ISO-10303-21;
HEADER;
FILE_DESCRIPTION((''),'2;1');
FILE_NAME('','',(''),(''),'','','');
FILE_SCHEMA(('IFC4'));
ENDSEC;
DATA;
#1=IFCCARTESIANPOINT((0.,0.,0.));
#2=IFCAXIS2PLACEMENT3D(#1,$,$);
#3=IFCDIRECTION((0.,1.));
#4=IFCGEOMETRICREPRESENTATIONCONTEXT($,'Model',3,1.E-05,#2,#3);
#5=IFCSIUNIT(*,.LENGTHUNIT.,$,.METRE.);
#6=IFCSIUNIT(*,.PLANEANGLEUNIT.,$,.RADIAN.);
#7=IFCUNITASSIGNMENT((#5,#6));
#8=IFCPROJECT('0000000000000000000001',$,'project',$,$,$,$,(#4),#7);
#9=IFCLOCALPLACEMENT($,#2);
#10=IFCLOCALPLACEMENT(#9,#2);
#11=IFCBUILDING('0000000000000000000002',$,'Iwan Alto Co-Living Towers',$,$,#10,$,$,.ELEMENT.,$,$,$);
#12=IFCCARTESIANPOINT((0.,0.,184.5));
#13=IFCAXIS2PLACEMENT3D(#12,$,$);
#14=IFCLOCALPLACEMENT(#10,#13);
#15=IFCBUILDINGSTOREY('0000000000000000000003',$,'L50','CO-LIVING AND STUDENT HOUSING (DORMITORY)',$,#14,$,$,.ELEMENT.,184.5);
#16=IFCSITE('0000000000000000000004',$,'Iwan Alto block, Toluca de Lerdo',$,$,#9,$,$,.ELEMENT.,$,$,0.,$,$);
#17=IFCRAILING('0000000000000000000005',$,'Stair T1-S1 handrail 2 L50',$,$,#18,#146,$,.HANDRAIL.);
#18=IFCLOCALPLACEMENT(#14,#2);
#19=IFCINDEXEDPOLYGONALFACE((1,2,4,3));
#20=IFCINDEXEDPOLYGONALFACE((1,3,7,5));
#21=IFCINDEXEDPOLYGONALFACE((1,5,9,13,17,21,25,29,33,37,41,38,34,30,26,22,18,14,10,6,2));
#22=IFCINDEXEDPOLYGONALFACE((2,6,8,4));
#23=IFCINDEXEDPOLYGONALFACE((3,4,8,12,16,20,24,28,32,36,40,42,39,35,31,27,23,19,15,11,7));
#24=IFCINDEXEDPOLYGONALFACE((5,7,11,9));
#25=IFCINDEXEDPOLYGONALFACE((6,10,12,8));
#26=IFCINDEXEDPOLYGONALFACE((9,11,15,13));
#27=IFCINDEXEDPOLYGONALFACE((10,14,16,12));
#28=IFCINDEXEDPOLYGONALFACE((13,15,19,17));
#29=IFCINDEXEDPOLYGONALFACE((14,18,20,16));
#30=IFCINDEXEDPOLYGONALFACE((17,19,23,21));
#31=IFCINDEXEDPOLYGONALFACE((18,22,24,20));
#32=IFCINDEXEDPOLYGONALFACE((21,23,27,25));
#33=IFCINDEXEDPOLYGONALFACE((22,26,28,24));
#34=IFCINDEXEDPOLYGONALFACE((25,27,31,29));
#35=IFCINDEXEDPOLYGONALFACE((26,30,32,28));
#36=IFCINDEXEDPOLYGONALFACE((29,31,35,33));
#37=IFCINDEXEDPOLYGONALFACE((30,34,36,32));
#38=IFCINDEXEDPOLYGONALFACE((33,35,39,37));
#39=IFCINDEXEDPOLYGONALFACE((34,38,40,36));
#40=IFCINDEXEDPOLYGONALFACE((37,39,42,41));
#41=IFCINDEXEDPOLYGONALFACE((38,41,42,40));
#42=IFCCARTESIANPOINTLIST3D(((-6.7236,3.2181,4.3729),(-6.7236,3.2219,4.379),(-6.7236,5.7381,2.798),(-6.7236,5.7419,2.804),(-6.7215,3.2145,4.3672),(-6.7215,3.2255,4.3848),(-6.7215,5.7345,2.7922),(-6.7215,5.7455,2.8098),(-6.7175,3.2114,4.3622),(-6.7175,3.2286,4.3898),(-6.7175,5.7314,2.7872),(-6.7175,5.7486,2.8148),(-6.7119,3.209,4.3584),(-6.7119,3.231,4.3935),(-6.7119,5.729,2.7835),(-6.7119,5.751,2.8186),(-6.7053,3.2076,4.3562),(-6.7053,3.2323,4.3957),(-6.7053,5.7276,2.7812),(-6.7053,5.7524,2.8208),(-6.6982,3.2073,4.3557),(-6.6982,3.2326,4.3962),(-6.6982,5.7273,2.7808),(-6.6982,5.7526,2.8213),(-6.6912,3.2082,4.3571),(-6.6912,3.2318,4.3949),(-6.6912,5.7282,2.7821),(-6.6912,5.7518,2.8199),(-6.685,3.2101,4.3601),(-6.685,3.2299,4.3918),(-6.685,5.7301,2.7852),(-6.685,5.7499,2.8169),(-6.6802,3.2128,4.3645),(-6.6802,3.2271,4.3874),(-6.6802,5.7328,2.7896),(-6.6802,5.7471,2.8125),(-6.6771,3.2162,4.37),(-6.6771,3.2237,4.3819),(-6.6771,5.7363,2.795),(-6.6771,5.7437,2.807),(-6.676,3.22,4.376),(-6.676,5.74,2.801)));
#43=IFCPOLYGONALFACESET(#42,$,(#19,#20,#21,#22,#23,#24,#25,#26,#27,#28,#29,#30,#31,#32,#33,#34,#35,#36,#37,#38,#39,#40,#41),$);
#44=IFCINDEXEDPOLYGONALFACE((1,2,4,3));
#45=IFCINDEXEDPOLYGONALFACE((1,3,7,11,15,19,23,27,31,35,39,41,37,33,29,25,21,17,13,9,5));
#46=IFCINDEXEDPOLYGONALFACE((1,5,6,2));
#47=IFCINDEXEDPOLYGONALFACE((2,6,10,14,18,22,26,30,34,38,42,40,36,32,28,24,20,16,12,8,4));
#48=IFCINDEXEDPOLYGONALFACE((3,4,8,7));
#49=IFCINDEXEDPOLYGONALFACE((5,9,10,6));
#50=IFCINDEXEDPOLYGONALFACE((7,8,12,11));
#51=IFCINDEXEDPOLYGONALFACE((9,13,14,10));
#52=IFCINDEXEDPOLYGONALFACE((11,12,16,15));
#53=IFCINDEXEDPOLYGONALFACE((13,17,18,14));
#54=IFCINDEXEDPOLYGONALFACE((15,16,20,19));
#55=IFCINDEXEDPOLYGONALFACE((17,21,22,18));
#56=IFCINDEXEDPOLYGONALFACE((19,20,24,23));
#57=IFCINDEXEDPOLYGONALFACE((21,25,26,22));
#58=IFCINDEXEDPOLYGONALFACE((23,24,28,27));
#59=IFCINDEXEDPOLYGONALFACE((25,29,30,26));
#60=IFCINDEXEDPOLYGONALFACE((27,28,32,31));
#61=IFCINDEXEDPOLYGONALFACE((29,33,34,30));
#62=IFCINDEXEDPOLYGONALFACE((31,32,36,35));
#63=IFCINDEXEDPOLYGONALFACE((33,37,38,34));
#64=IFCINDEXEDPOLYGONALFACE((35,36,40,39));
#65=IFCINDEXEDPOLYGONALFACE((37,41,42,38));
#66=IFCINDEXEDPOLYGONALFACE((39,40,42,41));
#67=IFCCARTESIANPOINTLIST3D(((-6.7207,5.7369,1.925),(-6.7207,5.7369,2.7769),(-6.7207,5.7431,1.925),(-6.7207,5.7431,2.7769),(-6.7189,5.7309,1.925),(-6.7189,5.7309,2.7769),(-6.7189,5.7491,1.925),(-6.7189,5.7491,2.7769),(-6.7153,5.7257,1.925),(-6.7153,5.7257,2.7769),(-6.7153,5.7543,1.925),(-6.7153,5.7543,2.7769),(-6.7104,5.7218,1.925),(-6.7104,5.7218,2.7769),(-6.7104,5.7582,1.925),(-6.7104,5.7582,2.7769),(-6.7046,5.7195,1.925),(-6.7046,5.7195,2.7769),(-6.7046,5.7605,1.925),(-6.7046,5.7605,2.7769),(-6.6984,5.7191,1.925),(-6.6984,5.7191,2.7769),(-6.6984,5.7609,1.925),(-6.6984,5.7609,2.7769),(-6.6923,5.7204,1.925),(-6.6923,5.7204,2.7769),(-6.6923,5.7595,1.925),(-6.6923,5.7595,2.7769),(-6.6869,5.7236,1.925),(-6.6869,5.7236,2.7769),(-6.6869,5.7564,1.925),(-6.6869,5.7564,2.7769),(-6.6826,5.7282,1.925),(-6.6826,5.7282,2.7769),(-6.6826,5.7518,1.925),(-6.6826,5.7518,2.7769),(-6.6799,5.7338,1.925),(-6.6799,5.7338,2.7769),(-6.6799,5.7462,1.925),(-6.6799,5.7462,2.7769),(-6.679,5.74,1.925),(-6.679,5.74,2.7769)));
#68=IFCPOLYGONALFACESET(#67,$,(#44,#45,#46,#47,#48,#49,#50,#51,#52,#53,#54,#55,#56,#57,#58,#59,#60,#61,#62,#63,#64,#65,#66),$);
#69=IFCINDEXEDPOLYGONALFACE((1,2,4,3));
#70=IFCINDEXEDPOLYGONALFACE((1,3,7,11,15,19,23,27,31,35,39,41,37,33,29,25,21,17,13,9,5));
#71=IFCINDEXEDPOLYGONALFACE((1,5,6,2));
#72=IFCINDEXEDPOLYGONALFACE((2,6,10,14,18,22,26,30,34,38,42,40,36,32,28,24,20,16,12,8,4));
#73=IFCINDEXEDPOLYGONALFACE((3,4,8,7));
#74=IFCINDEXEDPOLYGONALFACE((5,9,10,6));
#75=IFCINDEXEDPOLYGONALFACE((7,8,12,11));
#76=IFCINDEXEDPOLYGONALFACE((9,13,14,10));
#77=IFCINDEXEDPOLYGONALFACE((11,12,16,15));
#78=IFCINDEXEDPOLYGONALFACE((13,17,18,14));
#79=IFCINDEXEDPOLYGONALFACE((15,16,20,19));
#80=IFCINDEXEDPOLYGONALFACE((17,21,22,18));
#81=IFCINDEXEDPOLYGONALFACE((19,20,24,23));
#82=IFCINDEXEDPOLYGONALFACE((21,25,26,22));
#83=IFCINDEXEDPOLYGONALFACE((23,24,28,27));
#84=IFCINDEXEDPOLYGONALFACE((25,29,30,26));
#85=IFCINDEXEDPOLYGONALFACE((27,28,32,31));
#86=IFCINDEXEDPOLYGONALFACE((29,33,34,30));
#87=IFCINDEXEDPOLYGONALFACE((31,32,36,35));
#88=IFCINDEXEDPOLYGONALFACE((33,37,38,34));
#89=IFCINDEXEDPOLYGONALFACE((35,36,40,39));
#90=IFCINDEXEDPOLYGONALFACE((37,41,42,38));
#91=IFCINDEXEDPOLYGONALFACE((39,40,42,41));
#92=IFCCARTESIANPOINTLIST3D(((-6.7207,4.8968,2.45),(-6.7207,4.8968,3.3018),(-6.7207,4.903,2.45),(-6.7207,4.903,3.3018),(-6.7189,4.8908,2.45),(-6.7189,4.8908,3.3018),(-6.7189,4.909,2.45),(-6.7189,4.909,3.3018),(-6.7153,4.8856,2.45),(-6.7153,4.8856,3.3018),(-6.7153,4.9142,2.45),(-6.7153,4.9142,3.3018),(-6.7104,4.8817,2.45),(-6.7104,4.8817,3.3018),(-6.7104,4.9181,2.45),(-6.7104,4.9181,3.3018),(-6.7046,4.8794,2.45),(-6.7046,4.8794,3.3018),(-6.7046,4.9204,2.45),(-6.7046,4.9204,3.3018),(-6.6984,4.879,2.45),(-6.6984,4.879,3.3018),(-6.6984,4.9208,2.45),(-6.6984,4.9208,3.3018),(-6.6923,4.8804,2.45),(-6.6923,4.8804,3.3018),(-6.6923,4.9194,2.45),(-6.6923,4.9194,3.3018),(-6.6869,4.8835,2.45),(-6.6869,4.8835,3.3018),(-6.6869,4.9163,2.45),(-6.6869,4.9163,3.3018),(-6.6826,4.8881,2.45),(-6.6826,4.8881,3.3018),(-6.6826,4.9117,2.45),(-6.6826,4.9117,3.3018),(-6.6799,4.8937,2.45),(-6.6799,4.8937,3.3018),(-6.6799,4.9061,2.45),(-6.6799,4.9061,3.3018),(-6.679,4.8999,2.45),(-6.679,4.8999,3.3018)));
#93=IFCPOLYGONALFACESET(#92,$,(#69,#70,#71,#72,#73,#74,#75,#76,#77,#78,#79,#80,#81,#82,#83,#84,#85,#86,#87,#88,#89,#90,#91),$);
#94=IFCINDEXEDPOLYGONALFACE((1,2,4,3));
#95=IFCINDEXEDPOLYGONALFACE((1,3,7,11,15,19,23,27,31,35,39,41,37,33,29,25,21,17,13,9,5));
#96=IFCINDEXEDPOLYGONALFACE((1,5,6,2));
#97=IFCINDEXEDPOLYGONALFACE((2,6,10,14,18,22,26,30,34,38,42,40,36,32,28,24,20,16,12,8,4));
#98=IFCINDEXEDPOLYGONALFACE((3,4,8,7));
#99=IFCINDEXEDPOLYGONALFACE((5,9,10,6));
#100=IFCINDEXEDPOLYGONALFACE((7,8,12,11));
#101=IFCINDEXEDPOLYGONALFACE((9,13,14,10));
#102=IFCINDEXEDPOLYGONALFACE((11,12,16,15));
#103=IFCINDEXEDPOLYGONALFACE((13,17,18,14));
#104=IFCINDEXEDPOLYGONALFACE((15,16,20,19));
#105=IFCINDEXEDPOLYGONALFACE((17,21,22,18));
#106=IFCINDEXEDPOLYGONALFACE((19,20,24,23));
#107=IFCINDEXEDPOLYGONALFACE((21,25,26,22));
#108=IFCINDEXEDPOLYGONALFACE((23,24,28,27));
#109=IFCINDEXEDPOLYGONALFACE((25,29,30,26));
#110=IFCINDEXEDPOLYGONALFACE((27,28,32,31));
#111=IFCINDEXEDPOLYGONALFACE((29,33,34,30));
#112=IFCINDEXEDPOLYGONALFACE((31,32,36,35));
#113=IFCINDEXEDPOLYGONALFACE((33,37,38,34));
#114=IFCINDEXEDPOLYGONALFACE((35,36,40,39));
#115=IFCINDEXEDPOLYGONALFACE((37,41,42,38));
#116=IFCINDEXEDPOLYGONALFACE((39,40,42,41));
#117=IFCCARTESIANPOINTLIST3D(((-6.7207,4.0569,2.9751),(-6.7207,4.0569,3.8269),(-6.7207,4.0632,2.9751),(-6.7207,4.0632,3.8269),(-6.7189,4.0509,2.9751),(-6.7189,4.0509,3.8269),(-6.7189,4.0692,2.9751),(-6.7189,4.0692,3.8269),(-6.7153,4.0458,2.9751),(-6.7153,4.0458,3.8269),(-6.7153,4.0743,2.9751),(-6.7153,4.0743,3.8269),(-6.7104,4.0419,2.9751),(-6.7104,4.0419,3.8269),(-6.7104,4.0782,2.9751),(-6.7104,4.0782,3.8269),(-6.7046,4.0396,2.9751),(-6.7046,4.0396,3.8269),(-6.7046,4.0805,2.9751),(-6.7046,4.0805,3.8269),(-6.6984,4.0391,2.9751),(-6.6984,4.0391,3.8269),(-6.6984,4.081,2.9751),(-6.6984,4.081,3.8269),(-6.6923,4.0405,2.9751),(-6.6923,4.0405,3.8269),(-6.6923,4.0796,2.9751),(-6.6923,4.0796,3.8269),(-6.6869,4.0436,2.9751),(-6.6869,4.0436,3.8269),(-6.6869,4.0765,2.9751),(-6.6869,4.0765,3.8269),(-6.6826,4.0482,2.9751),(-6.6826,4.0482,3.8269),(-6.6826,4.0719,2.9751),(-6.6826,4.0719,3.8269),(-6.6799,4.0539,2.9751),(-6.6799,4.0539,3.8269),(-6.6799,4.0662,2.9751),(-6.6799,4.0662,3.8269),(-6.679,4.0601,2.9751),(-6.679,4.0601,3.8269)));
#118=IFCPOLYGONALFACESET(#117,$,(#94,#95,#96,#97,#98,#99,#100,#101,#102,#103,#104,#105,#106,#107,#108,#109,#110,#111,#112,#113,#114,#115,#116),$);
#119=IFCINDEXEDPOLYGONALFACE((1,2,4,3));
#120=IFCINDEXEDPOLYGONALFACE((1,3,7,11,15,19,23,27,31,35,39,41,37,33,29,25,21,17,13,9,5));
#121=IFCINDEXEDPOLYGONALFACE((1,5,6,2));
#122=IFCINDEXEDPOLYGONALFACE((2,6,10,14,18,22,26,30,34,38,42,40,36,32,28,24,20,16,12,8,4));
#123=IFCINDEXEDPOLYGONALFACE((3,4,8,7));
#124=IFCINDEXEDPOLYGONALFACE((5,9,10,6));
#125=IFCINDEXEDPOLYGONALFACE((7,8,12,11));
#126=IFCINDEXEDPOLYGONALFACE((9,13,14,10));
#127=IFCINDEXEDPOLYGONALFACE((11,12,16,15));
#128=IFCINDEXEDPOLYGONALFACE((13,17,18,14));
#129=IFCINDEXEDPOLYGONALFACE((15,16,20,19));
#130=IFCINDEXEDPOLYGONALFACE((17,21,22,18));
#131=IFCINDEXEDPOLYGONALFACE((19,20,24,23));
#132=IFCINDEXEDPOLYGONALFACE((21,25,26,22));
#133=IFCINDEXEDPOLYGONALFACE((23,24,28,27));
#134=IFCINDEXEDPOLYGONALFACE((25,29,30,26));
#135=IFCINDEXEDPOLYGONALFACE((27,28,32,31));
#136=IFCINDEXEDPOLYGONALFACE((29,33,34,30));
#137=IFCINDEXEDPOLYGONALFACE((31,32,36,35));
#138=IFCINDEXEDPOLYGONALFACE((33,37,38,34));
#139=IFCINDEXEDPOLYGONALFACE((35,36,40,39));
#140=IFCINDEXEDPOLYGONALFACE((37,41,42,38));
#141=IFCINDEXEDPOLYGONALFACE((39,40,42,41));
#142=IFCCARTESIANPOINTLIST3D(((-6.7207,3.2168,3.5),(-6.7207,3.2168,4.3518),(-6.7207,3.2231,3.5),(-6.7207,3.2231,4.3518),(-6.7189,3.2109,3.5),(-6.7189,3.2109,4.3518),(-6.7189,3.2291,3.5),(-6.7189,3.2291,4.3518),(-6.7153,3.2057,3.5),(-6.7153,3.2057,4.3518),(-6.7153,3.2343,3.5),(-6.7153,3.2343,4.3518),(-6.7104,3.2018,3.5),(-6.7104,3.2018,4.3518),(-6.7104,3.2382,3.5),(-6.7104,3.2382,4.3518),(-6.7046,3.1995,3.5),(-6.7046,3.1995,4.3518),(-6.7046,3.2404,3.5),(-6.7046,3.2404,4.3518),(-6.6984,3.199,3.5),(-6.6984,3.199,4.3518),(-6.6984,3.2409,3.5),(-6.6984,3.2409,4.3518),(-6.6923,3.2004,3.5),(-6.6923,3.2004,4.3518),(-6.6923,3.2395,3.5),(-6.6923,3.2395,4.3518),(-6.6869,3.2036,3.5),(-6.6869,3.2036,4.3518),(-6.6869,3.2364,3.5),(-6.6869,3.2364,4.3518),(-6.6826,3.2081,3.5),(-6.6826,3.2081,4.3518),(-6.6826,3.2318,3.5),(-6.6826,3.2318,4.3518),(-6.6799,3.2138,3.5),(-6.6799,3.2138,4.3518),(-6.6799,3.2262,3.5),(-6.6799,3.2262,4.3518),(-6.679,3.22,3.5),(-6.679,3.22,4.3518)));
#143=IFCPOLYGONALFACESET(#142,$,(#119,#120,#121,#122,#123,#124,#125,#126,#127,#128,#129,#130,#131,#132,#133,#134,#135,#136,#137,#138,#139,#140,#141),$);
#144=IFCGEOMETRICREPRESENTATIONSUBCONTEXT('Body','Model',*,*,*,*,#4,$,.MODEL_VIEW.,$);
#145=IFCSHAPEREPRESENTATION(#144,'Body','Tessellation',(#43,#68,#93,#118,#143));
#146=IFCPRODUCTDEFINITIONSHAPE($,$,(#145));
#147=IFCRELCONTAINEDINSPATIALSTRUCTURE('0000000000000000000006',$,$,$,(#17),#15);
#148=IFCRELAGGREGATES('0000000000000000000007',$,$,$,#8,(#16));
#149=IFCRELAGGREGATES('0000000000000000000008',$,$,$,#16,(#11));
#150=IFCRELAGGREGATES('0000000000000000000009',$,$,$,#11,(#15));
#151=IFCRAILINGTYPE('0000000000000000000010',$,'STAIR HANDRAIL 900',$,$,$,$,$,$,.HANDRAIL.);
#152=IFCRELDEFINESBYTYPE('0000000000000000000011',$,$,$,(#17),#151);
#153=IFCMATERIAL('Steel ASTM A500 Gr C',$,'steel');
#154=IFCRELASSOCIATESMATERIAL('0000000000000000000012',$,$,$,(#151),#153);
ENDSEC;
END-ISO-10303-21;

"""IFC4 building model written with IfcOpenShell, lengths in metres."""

from ifc_helpers import new_model, si_unit, direction, frame, origin, origin_2d, place, context, subcontext, project, spatial, circle, extrude, material, type_object, element, save


model = new_model("IFC4")

# Units and contexts
model_context = context("Model", 3, precision=1e-05, world=origin(), true_north=direction((0.0, 1.0)))
body_context = subcontext(model_context, "Body", "Model", "MODEL_VIEW")
ifc_project = project(units=[si_unit("LENGTHUNIT", "METRE"), si_unit("PLANEANGLEUNIT", "RADIAN")], contexts=[model_context])

# Site, building, storey
site_placement = place(None, origin())
site = spatial("IfcSite", under=ifc_project, at=site_placement, Name="Iwan Alto block, Toluca de Lerdo", CompositionType="ELEMENT", RefElevation=0.0)
building_placement = place(site_placement, origin())
building = spatial("IfcBuilding", under=site, at=building_placement, Name="Iwan Alto Co-Living Towers", CompositionType="ELEMENT")
storey_placement = place(building_placement, frame((0.0, 0.0, 184.5)))
storey = spatial("IfcBuildingStorey", under=building, at=storey_placement, Name="L50", Description="CO-LIVING AND STUDENT HOUSING (DORMITORY)", CompositionType="ELEMENT", Elevation=184.5)

# Railing
ifc_material_1 = material(Name="Steel ASTM A500 Gr C", Category="steel")
railing_type_1 = type_object("IfcRailingType", Name="STAIR HANDRAIL 900", PredefinedType="HANDRAIL", material=ifc_material_1)
railing_1_placement = place(storey_placement, frame((-6.7, 5.74, 1.925)))
element("IfcRailing", 1, at=railing_1_placement, inside=storey, type_object=railing_type_1, Name="Stair T1-S1 handrail 2 L50", PredefinedType="HANDRAIL", context=body_context, shape_type="SweptSolid", body=[
    extrude(circle(Radius=0.0239, at=origin_2d()), frame((0.0, 0.0, 0.876), z_axis=(0.0, -0.848008, 0.529984), x_axis=(1.0, 0.0, 0.0)), (0.0, 0.0, 1.0), 2.9717),
    extrude(circle(Radius=0.021, at=origin_2d()), origin(), (0.0, 0.0, 1.0), 0.8518),
    extrude(circle(Radius=0.021, at=origin_2d()), frame((0.0, -0.8401, 0.5249)), (0.0, 0.0, 1.0), 0.8518),
    extrude(circle(Radius=0.021, at=origin_2d()), frame((0.0, -1.6799, 1.05)), (0.0, 0.0, 1.0), 0.8518),
    extrude(circle(Radius=0.021, at=origin_2d()), frame((0.0, -2.52, 1.575)), (0.0, 0.0, 1.0), 0.8518),
])

save(model, "model.ifc")
